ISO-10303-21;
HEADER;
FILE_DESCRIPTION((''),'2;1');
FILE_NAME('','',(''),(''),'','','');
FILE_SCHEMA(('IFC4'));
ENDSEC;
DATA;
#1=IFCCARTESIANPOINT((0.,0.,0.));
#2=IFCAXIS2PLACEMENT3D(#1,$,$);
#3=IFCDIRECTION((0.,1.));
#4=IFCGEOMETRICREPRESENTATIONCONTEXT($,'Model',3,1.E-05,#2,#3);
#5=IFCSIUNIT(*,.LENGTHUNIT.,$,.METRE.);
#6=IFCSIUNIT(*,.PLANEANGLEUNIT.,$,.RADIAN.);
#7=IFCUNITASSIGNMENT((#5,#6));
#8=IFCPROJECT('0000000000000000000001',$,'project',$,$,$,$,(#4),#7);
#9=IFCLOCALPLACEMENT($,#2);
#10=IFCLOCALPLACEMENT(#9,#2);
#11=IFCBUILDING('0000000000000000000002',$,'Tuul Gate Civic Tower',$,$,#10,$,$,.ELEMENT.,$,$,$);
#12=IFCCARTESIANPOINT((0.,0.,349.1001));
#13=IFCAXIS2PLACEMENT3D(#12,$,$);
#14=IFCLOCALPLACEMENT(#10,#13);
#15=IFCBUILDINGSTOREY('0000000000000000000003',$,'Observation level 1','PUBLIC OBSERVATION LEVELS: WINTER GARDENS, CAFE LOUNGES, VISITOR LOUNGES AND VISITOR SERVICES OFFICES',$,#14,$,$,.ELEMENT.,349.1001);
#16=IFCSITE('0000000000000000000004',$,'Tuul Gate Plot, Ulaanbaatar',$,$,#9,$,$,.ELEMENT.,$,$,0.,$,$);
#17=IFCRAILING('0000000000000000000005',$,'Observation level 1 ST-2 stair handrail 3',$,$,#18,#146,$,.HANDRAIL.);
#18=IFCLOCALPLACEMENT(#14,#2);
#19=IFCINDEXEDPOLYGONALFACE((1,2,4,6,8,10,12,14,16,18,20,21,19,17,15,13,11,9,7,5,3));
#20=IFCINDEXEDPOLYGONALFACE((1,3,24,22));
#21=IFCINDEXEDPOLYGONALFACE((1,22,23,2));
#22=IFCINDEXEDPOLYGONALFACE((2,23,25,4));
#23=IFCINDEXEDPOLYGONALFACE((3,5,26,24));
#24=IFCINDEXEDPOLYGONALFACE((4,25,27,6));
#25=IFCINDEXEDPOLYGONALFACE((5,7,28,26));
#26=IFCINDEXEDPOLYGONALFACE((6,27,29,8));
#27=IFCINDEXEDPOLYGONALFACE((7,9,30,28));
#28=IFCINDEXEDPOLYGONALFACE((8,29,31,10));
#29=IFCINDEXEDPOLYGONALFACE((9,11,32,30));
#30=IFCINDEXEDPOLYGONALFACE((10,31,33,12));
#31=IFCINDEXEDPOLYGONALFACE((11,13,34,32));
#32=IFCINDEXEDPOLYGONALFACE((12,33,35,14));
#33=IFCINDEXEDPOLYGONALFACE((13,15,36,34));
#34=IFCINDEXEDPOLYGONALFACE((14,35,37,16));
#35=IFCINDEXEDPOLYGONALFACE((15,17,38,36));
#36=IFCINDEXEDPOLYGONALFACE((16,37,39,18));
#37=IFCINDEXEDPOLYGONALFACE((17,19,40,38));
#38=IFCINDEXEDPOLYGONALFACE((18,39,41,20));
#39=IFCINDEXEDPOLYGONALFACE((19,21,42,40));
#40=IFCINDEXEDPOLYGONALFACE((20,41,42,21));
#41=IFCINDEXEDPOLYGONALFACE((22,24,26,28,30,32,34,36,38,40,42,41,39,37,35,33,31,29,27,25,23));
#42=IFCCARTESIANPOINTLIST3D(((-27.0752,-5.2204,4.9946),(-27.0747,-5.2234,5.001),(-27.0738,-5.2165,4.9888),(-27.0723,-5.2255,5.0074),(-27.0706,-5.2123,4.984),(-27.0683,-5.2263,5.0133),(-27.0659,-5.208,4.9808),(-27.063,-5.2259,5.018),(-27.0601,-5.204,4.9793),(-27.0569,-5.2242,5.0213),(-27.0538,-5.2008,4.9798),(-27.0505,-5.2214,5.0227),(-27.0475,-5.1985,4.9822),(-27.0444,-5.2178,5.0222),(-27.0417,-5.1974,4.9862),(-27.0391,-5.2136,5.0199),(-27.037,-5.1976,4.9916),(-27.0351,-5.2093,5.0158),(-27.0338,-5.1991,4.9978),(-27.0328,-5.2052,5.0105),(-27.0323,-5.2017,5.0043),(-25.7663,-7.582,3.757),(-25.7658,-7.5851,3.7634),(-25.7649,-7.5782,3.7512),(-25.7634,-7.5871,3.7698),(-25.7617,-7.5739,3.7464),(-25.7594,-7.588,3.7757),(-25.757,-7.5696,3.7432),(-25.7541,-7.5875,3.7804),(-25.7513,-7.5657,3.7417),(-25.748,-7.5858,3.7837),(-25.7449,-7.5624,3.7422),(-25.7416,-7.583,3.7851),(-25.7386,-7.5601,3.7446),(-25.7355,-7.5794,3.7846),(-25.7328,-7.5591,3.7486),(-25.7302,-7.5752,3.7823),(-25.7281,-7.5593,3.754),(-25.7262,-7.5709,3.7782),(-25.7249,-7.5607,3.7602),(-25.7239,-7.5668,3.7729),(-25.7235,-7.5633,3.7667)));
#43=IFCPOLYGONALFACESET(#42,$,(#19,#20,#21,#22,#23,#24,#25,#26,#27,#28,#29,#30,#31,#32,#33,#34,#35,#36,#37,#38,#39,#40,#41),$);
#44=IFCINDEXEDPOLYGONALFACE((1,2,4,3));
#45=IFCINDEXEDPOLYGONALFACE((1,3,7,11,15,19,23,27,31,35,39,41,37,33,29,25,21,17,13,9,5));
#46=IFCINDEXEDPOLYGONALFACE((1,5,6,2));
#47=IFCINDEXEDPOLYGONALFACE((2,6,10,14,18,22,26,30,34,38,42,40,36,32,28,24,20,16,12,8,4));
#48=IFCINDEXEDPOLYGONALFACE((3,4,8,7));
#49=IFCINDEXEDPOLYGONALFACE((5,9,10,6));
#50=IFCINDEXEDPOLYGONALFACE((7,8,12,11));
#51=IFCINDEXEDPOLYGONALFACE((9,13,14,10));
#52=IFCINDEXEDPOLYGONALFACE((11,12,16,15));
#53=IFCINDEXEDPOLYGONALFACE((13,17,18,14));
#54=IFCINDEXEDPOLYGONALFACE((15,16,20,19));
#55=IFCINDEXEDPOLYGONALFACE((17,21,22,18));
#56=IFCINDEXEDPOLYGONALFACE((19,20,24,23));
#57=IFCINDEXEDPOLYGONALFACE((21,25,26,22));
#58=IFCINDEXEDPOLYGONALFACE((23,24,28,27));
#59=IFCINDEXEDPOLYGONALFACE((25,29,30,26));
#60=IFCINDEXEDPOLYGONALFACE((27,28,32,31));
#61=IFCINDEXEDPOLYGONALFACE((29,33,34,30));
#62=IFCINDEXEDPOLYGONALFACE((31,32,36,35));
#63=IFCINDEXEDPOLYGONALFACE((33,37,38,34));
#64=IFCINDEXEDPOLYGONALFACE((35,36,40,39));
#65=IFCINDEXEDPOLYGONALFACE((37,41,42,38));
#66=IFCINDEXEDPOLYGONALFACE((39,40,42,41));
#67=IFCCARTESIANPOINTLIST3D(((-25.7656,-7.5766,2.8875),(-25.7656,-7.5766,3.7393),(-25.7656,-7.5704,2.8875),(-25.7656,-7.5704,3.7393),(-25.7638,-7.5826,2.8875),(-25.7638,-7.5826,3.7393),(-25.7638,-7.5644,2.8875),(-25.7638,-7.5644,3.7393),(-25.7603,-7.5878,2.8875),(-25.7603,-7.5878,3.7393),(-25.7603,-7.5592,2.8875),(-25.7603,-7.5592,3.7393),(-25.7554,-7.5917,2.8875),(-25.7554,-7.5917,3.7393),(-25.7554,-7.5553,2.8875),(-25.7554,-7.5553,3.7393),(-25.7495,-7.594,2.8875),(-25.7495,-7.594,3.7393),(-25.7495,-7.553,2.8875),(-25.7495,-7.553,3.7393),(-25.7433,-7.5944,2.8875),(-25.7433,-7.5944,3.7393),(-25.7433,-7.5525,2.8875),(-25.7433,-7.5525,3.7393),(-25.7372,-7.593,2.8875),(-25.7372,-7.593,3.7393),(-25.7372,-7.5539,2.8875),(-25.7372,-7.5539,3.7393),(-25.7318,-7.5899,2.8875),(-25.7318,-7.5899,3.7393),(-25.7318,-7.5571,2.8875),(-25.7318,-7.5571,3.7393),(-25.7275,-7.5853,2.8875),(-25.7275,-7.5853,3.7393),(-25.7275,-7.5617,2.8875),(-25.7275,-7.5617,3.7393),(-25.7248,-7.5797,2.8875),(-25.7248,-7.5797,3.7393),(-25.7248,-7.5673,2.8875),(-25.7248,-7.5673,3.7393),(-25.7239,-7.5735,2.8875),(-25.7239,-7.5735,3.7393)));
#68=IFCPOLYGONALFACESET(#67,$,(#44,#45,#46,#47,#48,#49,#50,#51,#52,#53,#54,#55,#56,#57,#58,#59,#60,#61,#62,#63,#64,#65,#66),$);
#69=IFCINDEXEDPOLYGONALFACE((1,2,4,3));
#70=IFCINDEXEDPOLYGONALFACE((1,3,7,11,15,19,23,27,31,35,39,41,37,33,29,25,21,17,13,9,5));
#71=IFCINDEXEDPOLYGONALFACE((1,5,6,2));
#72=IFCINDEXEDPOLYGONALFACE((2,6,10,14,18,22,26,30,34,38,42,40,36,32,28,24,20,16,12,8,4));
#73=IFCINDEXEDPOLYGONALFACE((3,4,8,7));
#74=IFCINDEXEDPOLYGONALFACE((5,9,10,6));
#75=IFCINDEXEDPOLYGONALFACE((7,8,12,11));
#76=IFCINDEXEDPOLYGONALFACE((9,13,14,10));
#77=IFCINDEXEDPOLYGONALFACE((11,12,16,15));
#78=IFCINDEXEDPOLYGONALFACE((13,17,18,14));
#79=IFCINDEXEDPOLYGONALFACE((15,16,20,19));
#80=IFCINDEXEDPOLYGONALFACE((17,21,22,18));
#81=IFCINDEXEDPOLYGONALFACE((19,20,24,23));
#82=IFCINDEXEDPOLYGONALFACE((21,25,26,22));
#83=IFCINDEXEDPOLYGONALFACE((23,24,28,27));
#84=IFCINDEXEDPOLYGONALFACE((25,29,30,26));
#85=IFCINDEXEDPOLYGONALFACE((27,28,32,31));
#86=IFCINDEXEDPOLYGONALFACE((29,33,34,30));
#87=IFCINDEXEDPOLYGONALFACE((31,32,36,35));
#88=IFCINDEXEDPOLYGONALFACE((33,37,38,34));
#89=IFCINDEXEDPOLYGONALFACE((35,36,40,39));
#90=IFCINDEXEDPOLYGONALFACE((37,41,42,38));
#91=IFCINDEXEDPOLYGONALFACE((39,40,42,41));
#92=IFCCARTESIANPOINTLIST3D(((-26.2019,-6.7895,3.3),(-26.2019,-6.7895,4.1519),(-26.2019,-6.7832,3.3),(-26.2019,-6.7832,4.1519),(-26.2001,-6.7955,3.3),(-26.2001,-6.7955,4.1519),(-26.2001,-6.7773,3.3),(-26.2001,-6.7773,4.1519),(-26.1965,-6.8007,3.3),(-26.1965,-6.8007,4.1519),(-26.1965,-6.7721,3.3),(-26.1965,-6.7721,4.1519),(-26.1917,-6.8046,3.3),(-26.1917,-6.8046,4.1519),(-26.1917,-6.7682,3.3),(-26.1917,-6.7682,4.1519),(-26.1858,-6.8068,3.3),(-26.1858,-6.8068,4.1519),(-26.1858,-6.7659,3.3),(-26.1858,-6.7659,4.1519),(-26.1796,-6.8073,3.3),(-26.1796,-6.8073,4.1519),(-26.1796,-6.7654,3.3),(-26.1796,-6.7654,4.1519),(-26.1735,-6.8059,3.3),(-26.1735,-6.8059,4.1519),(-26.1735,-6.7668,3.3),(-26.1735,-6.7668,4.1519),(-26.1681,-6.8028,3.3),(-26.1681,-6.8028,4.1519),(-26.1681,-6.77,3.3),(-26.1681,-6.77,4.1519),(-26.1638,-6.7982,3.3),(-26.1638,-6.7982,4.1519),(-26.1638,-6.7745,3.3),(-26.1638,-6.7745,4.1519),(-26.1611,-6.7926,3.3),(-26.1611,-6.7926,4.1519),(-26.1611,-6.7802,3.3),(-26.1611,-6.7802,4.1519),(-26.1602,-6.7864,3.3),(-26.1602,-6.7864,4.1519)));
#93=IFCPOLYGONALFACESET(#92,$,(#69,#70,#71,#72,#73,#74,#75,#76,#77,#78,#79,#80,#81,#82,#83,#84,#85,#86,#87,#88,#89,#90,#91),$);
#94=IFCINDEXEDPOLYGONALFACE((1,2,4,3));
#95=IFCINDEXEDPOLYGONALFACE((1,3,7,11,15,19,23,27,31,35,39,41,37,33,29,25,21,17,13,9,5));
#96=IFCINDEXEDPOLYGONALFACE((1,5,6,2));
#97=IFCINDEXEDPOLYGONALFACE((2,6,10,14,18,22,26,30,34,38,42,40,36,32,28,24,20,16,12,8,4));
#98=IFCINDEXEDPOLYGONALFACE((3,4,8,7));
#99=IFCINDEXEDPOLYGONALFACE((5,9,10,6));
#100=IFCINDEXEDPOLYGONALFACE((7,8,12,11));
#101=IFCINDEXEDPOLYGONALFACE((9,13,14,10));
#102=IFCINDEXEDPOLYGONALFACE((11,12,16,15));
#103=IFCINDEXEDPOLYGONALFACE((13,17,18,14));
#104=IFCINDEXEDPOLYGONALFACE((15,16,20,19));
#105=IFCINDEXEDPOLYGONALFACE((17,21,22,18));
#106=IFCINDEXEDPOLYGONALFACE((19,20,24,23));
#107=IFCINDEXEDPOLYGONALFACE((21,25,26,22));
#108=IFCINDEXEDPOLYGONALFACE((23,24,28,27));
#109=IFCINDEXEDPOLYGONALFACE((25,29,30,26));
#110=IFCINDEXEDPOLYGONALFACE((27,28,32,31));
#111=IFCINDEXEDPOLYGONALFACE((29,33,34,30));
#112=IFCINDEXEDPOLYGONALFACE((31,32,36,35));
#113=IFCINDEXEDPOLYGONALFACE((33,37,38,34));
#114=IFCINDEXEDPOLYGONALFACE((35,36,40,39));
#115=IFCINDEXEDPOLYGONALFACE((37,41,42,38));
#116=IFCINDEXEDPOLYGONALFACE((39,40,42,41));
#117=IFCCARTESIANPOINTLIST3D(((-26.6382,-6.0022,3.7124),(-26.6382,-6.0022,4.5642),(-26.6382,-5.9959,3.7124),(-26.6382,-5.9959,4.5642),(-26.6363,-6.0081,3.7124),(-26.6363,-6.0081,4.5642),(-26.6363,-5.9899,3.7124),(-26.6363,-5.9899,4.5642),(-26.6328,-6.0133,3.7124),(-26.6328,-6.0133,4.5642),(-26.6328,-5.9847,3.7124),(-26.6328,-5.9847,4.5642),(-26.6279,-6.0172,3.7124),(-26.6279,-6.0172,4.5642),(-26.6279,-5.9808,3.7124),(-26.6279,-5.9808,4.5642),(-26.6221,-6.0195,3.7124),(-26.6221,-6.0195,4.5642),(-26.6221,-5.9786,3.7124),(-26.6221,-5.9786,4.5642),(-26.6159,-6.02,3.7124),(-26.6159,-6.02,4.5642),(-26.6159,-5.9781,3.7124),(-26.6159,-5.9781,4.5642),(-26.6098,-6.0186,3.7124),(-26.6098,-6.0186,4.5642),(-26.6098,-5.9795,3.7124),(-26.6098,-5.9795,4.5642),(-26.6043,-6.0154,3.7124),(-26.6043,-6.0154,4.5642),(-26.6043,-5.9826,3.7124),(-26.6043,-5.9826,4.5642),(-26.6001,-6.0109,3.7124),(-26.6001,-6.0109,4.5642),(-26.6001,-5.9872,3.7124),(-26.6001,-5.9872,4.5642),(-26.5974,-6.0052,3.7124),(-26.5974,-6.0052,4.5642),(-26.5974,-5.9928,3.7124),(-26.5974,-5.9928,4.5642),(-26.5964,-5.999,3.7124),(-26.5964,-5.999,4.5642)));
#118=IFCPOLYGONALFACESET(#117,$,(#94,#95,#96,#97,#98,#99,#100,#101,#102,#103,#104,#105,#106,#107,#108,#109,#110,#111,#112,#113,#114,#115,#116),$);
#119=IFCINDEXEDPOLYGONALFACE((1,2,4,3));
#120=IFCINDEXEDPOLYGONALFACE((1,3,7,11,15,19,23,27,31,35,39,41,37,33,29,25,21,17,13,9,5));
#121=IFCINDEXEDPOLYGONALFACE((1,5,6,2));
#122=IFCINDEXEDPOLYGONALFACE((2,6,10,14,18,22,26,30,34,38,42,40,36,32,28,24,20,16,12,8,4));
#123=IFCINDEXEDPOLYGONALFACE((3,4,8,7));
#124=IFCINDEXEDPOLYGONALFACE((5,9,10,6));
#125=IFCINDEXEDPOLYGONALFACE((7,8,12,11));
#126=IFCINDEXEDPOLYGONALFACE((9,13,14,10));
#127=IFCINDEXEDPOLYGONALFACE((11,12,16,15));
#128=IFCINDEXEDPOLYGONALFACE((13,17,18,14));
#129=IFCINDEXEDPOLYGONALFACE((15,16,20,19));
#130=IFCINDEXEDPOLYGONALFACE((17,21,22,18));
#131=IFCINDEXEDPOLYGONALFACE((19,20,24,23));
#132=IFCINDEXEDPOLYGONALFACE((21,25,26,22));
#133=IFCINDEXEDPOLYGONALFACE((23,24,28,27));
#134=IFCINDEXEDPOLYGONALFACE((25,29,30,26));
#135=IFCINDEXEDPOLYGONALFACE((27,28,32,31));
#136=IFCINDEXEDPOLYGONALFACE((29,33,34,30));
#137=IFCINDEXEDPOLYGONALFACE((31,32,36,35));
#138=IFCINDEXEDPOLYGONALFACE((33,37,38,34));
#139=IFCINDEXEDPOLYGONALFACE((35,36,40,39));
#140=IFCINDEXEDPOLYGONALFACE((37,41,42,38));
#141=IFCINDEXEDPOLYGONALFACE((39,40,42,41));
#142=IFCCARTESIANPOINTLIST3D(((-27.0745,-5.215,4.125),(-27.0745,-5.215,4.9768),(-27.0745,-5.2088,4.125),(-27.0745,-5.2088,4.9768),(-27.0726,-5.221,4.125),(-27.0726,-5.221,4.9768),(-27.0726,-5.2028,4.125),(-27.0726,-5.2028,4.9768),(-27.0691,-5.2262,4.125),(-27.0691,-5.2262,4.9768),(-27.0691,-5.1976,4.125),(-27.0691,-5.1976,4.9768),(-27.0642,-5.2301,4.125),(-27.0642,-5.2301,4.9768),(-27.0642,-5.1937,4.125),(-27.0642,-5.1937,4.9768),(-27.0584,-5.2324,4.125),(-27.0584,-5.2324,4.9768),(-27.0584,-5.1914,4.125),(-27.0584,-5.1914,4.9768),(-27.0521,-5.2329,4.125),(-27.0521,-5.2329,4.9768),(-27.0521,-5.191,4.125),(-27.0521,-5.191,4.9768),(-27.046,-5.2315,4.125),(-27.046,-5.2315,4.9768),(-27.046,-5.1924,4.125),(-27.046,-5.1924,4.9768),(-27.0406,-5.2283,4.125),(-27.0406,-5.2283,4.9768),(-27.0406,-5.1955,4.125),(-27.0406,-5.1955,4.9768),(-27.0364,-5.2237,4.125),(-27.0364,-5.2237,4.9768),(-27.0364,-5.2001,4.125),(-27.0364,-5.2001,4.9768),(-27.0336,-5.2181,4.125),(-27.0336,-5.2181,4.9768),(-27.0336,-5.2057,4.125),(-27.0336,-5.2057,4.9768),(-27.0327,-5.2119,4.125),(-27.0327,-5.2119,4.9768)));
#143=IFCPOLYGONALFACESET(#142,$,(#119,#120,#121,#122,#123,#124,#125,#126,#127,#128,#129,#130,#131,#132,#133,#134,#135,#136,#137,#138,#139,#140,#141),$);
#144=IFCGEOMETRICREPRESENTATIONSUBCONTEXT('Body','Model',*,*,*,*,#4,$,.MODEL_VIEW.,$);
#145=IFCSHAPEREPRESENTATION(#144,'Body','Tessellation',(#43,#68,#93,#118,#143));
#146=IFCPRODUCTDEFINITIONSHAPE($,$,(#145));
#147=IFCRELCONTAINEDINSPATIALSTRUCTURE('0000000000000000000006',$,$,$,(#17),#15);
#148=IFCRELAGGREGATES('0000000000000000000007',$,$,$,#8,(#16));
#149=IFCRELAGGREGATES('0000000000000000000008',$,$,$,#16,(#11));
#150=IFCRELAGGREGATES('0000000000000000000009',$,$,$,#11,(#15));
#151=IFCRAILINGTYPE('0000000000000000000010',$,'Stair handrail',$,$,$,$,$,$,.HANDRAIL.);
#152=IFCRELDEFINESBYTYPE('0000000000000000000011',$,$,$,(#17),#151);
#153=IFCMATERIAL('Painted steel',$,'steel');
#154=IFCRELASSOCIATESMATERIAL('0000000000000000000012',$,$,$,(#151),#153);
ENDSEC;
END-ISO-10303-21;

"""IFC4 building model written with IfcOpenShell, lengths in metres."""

from ifc_helpers import new_model, si_unit, direction, frame, origin, origin_2d, place, context, subcontext, project, spatial, circle, extrude, material, type_object, element, save


model = new_model("IFC4")

# Units and contexts
model_context = context("Model", 3, precision=1e-05, world=origin(), true_north=direction((0.0, 1.0)))
body_context = subcontext(model_context, "Body", "Model", "MODEL_VIEW")
ifc_project = project(units=[si_unit("LENGTHUNIT", "METRE"), si_unit("PLANEANGLEUNIT", "RADIAN")], contexts=[model_context])

# Site, building, storey
site_placement = place(None, origin())
site = spatial("IfcSite", under=ifc_project, at=site_placement, Name="Tuul Gate Plot, Ulaanbaatar", CompositionType="ELEMENT", RefElevation=0.0)
building_placement = place(site_placement, origin())
building = spatial("IfcBuilding", under=site, at=building_placement, Name="Tuul Gate Civic Tower", CompositionType="ELEMENT")
storey_placement = place(building_placement, frame((0.0, 0.0, 349.1001)))
storey = spatial("IfcBuildingStorey", under=building, at=storey_placement, Name="Observation level 1", Description="PUBLIC OBSERVATION LEVELS: WINTER GARDENS, CAFE LOUNGES, VISITOR LOUNGES AND VISITOR SERVICES OFFICES", CompositionType="ELEMENT", Elevation=349.1001)

# Railing
ifc_material_1 = material(Name="Painted steel", Category="steel")
railing_type_1 = type_object("IfcRailingType", Name="Stair handrail", PredefinedType="HANDRAIL", material=ifc_material_1)
railing_1_placement = place(storey_placement, frame((-25.7449, -7.5735, 2.8875)))
element("IfcRailing", 1, at=railing_1_placement, inside=storey, type_object=railing_type_1, Name="Observation level 1 ST-2 stair handrail 3", PredefinedType="HANDRAIL", context=body_context, shape_type="SweptSolid", body=[
    extrude(circle(Radius=0.0239, at=origin_2d()), frame((0.0, 0.0, 0.876), z_axis=(-0.440668, 0.79511, 0.416666), x_axis=(-0.874652, -0.484752, 0.0)), (0.0, 0.0, 1.0), 2.9702),
    extrude(circle(Radius=0.021, at=origin_2d()), origin(), (0.0, 0.0, 1.0), 0.8518),
    extrude(circle(Radius=0.021, at=origin_2d()), frame((-0.4363, 0.7871, 0.4126)), (0.0, 0.0, 1.0), 0.8518),
    extrude(circle(Radius=0.021, at=origin_2d()), frame((-0.8726, 1.5745, 0.825)), (0.0, 0.0, 1.0), 0.8518),
    extrude(circle(Radius=0.021, at=origin_2d()), frame((-1.3088, 2.3616, 1.2375)), (0.0, 0.0, 1.0), 0.8518),
])

save(model, "model.ifc")
